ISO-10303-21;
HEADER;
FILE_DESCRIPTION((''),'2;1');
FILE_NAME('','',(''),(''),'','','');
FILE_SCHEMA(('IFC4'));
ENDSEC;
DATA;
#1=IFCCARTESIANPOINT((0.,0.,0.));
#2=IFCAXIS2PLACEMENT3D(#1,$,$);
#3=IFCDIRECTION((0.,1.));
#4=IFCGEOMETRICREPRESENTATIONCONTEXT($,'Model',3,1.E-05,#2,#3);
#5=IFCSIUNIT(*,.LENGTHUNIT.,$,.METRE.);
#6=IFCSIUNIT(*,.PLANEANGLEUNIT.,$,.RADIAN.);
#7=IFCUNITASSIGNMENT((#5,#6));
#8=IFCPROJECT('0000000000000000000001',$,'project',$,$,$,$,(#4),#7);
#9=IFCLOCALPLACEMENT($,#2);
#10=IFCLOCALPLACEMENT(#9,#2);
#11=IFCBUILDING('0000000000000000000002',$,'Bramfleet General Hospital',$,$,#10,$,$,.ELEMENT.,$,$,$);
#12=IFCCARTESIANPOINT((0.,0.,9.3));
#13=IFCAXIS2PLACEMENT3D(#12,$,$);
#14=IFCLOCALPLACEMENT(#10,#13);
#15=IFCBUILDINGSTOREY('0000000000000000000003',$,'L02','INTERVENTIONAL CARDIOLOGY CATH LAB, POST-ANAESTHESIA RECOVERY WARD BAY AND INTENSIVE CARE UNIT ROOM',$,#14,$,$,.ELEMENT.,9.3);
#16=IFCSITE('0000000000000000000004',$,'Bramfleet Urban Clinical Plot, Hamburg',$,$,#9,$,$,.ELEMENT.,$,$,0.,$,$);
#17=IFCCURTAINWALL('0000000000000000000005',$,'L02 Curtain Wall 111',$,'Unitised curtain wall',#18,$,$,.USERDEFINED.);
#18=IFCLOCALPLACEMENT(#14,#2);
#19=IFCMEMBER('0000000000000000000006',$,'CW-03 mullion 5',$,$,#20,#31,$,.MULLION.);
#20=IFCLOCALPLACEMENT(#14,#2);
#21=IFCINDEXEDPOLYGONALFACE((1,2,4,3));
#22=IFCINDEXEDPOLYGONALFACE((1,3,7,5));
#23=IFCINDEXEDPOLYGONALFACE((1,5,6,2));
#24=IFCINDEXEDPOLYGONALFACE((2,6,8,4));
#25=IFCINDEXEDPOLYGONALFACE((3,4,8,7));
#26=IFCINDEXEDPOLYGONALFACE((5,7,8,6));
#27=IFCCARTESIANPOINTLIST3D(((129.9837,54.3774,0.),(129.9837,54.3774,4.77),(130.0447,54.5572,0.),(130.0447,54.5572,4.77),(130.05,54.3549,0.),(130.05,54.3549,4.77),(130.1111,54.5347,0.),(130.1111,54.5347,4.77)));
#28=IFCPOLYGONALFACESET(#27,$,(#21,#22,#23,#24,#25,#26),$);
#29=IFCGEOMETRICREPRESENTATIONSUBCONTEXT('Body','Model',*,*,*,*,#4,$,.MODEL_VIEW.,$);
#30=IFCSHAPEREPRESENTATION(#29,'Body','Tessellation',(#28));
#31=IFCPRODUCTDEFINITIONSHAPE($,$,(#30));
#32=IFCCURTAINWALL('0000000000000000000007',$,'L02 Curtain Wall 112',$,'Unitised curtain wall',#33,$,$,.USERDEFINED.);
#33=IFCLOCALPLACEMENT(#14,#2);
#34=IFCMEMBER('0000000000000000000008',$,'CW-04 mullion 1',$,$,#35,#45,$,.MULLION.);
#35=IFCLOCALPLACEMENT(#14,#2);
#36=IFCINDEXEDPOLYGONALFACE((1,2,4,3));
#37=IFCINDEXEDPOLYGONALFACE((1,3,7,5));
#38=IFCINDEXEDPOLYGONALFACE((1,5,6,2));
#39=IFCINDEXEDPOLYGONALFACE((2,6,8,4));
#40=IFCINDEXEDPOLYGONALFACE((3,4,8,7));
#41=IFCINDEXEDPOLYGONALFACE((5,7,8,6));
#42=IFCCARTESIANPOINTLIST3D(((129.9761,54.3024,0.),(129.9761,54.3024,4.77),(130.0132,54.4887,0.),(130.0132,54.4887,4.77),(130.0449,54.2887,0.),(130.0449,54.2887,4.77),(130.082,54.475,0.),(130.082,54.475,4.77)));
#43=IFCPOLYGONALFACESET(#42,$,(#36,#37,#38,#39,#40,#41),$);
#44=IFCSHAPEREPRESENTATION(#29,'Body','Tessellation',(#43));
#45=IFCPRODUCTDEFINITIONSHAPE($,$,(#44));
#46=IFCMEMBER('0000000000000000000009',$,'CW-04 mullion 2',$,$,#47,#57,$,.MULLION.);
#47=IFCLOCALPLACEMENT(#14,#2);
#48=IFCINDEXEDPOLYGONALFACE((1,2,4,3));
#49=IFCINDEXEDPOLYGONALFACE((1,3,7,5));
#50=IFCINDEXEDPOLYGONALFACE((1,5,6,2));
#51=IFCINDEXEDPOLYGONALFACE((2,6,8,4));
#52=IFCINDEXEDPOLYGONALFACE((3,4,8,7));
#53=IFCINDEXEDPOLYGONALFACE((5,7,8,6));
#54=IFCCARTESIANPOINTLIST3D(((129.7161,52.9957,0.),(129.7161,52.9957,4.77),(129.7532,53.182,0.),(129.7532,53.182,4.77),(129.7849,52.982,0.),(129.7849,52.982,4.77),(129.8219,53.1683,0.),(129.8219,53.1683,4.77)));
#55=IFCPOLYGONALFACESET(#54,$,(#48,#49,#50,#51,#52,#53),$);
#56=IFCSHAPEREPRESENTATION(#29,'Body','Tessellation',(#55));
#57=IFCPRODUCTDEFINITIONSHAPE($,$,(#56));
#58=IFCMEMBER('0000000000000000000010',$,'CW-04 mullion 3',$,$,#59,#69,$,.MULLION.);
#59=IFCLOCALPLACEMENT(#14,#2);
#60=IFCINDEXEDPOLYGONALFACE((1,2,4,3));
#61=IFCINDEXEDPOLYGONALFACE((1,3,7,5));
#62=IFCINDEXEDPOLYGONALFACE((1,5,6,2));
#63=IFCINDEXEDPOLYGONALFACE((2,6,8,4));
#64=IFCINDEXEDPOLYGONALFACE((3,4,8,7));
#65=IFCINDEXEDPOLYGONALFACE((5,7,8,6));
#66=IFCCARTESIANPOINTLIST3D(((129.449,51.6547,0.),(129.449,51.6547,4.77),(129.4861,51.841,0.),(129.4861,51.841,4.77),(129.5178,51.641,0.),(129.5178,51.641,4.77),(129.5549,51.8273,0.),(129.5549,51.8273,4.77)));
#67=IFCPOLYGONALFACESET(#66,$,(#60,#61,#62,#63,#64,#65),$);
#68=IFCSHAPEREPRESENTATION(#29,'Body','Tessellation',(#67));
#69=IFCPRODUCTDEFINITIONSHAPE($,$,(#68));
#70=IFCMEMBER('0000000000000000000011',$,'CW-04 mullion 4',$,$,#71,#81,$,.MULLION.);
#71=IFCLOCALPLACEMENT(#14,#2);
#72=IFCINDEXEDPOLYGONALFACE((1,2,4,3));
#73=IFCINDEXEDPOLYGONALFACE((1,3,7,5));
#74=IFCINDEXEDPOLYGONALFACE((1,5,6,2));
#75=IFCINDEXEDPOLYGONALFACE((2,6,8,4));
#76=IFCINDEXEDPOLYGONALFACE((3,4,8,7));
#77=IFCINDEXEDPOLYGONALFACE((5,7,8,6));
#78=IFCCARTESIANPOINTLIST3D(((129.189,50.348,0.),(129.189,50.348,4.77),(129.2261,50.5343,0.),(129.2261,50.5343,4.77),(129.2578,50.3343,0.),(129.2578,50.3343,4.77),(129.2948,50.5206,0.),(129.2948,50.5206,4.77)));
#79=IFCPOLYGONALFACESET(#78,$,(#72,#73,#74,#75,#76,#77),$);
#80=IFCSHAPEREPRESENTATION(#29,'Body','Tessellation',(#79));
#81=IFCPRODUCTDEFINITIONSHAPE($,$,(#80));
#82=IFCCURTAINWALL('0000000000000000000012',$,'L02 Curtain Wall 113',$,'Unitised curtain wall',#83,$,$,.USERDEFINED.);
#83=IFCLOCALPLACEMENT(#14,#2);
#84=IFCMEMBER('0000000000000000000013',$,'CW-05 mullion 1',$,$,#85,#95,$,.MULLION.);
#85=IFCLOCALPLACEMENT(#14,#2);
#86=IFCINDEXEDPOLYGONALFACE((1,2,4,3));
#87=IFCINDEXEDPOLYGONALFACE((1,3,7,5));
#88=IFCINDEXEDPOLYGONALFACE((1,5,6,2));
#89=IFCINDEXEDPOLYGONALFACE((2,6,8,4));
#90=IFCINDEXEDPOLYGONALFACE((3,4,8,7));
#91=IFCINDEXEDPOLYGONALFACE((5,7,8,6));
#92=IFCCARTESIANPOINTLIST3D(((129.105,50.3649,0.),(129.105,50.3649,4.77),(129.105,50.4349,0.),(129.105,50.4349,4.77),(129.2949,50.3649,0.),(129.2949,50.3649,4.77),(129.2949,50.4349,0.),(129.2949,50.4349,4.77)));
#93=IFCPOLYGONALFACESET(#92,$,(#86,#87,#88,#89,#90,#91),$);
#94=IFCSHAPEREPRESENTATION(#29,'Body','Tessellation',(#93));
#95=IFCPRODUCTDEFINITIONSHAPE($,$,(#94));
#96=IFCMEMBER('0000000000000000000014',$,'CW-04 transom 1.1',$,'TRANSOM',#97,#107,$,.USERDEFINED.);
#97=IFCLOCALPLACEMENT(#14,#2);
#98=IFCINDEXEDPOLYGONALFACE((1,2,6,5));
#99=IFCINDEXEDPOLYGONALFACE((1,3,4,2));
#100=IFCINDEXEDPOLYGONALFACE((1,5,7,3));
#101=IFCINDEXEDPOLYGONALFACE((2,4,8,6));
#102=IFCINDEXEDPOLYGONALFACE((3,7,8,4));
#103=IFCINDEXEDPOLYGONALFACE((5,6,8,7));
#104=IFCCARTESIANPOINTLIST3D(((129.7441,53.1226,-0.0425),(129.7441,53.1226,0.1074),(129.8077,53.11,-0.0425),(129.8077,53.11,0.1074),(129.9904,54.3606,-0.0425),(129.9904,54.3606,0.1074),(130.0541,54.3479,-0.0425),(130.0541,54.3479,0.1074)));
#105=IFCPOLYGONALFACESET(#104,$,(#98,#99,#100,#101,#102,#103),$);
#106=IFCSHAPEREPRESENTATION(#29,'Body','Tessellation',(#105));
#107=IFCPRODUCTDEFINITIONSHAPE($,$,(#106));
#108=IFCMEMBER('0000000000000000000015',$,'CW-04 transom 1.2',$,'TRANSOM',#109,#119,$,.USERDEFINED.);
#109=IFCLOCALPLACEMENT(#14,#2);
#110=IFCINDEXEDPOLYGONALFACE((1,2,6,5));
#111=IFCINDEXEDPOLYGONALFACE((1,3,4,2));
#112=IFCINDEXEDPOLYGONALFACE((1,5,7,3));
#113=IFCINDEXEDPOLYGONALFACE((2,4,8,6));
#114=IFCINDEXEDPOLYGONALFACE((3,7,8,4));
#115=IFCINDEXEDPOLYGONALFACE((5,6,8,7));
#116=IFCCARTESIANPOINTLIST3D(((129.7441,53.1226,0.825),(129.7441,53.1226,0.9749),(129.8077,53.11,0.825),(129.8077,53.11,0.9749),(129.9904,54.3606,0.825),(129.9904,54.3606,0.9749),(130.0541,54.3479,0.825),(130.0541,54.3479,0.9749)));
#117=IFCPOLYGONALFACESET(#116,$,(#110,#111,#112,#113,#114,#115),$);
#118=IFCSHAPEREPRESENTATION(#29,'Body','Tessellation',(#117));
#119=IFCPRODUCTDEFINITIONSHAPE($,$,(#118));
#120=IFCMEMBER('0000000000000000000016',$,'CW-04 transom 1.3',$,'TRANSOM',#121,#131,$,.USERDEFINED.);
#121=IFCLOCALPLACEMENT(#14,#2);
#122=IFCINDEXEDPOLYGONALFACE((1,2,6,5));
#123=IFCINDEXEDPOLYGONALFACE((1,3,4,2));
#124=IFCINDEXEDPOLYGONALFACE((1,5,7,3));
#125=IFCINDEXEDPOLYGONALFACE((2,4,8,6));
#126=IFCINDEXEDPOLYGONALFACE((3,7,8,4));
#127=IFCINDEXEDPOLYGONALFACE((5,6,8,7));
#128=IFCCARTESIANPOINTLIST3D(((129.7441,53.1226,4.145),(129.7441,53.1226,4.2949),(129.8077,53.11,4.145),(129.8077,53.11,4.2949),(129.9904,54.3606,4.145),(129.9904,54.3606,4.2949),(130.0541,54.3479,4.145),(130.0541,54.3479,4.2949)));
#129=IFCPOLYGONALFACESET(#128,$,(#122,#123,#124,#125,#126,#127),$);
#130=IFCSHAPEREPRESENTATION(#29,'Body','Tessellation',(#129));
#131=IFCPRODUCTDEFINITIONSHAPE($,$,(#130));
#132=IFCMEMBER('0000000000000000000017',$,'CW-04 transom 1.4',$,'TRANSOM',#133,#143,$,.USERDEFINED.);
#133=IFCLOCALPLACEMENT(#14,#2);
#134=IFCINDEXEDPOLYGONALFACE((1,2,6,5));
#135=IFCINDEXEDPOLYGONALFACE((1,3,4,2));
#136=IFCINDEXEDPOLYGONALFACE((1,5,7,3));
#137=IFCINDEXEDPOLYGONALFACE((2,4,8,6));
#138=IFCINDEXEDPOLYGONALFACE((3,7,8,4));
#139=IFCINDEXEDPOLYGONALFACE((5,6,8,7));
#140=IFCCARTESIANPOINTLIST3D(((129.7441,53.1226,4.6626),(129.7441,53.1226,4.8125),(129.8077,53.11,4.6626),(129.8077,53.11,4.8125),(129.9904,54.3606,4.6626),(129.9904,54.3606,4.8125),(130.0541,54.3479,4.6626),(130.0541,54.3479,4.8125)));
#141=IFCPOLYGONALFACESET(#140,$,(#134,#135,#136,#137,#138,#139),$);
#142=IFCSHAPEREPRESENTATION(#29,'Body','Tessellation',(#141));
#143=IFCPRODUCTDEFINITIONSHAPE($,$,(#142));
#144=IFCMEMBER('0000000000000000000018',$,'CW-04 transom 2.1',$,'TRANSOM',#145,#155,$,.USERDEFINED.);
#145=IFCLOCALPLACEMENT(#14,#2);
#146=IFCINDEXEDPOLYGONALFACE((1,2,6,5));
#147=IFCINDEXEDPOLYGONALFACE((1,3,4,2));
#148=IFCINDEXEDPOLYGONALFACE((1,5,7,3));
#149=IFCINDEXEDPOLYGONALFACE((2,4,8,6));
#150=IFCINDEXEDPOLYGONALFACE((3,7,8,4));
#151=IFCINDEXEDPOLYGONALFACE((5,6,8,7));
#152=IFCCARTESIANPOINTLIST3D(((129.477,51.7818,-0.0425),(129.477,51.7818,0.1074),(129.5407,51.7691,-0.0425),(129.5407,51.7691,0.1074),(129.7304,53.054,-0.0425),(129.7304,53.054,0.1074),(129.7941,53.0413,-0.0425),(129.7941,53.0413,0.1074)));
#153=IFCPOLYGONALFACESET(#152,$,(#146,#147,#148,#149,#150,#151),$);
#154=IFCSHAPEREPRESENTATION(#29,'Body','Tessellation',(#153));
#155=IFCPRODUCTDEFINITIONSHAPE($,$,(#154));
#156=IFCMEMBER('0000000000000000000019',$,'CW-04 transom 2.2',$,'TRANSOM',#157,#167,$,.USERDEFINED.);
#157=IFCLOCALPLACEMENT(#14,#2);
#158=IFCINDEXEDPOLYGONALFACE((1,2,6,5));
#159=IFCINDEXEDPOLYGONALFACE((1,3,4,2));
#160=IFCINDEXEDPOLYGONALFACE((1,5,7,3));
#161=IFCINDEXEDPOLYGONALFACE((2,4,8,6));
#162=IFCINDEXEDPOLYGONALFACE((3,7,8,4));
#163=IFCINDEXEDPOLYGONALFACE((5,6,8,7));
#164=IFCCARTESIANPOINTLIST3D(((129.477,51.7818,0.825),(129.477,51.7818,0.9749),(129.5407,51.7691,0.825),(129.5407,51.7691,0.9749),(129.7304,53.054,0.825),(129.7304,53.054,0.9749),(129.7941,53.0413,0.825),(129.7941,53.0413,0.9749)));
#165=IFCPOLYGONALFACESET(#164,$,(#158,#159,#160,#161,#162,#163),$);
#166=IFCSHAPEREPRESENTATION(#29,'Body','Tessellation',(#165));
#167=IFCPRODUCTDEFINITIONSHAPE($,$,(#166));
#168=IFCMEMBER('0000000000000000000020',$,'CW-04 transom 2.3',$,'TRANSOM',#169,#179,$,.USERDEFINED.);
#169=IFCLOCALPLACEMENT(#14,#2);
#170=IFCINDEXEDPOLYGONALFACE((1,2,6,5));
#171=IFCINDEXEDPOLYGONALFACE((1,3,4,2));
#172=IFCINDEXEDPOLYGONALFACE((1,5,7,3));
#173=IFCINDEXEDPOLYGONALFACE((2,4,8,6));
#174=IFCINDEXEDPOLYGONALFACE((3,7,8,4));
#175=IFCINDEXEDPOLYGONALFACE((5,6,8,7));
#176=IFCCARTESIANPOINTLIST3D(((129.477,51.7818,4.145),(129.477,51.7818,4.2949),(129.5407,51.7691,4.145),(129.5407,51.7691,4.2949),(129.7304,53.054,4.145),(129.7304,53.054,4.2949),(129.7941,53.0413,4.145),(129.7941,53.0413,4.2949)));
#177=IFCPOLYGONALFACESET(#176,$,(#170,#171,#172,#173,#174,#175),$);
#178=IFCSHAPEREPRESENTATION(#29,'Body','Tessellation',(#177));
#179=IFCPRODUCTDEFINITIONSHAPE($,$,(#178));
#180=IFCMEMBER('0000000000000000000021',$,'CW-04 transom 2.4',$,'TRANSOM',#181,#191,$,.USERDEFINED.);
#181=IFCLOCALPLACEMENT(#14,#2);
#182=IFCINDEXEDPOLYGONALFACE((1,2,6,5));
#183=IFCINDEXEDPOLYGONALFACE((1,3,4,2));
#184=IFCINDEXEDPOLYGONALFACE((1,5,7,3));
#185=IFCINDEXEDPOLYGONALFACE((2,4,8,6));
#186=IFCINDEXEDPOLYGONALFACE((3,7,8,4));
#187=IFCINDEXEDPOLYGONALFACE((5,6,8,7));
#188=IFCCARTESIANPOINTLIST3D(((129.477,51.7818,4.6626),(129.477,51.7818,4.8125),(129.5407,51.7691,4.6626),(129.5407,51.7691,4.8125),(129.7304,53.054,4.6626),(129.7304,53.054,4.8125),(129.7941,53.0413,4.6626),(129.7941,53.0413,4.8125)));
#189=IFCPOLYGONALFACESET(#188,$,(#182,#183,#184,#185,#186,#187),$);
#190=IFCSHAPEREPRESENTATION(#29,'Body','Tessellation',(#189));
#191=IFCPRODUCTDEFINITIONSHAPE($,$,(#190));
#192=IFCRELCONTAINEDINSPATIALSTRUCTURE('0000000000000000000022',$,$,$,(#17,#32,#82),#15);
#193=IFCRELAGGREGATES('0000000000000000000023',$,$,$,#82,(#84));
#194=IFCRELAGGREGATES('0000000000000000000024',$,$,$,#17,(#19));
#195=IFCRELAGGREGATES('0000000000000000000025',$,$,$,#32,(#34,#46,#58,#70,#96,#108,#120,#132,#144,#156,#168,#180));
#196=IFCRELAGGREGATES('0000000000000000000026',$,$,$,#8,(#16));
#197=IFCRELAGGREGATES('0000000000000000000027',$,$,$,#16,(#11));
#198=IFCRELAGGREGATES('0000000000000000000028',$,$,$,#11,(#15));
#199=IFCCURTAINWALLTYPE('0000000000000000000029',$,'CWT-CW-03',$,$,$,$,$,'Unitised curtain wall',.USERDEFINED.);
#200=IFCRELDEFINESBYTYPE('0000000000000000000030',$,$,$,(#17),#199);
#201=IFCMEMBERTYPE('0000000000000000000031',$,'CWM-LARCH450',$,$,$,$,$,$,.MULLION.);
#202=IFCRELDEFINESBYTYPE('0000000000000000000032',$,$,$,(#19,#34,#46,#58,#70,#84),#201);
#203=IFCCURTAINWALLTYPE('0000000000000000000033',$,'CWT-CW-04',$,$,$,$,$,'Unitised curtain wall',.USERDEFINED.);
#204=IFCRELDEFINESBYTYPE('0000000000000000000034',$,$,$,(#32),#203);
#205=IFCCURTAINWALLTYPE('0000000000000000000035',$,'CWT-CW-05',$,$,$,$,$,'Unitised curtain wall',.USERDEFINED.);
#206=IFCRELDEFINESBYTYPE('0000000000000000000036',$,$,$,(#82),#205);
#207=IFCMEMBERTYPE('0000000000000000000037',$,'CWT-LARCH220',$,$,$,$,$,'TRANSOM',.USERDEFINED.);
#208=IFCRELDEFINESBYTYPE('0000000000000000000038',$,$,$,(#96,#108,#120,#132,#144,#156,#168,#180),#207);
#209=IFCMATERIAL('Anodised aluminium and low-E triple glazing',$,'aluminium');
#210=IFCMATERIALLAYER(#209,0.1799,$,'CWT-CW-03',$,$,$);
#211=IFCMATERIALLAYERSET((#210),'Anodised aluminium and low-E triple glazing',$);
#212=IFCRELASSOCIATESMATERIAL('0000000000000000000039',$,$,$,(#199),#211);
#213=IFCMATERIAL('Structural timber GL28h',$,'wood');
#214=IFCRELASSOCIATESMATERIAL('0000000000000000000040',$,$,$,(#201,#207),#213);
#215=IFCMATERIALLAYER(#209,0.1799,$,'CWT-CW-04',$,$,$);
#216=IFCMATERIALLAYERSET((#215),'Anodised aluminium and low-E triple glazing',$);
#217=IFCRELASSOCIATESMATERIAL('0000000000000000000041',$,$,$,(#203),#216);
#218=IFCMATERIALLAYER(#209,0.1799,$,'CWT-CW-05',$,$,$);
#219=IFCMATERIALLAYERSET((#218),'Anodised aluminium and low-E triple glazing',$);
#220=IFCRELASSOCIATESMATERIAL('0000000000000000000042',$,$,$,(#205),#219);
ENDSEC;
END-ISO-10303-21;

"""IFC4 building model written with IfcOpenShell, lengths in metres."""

from ifc_helpers import new_model, si_unit, direction, frame, origin, origin_2d, place, context, subcontext, project, spatial, rectangle, extrude, material, layer, layer_set, material_profile, profile_set, type_object, element, aggregate, save


model = new_model("IFC4")

# Units and contexts
model_context = context("Model", 3, precision=1e-05, world=origin(), true_north=direction((0.0, 1.0)))
body_context = subcontext(model_context, "Body", "Model", "MODEL_VIEW")
ifc_project = project(units=[si_unit("LENGTHUNIT", "METRE"), si_unit("PLANEANGLEUNIT", "RADIAN")], contexts=[model_context])

# Site, building, storey
site_placement = place(None, origin())
site = spatial("IfcSite", under=ifc_project, at=site_placement, Name="Bramfleet Urban Clinical Plot, Hamburg", CompositionType="ELEMENT", RefElevation=0.0)
building_placement = place(site_placement, origin())
building = spatial("IfcBuilding", under=site, at=building_placement, Name="Bramfleet General Hospital", CompositionType="ELEMENT")
storey_placement = place(building_placement, frame((0.0, 0.0, 9.3)))
storey = spatial("IfcBuildingStorey", under=building, at=storey_placement, Name="L02", Description="INTERVENTIONAL CARDIOLOGY CATH LAB, POST-ANAESTHESIA RECOVERY WARD BAY AND INTENSIVE CARE UNIT ROOM", CompositionType="ELEMENT", Elevation=9.3)

# Curtain wall, member
ifc_material_1 = material(Name="Anodised aluminium and low-E triple glazing", Category="aluminium")
ifc_layer_1 = layer(ifc_material_1, 0.1799, Name="CWT-CW-03")
ifc_layer_set_1 = layer_set([ifc_layer_1], Name="Anodised aluminium and low-E triple glazing")
curtain_wall_type_1 = type_object("IfcCurtainWallType", Name="CWT-CW-03", ElementType="Unitised curtain wall", PredefinedType="USERDEFINED", material=ifc_layer_set_1)
curtain_wall_1_placement = place(storey_placement, origin())
curtain_wall_1 = element("IfcCurtainWall", 1, at=curtain_wall_1_placement, inside=storey, type_object=curtain_wall_type_1, Name="L02 Curtain Wall 111", ObjectType="Unitised curtain wall", PredefinedType="USERDEFINED")
ifc_material_2 = material(Name="Structural timber GL28h", Category="wood")
ifc_material_profile_1 = material_profile(ifc_material_2, rectangle(XDim=0.0701, YDim=0.1899, at=origin_2d()), Name="LARCH 190x70")
ifc_profile_set_1 = profile_set([ifc_material_profile_1], Name="Structural timber GL28h")
member_type_1 = type_object("IfcMemberType", Name="CWM-LARCH450", PredefinedType="MULLION", material=ifc_profile_set_1)
member_1_placement = place(storey_placement, frame((130.0474, 54.4561, 0.0), z_axis=(0.0, 0.0, 1.0), x_axis=(0.946949, -0.321383, 0.0)))
member_1 = element("IfcMember", 2, at=member_1_placement, type_object=member_type_1, Name="CW-03 mullion 5", PredefinedType="MULLION", context=body_context, shape_type="SweptSolid", body=[
    extrude(rectangle(XDim=0.0701, YDim=0.1899, at=origin_2d()), origin(), (0.0, 0.0, 1.0), 4.77),
])

# Curtain wall, members
ifc_layer_2 = layer(ifc_material_1, 0.1799, Name="CWT-CW-04")
ifc_layer_set_2 = layer_set([ifc_layer_2], Name="Anodised aluminium and low-E triple glazing")
curtain_wall_type_2 = type_object("IfcCurtainWallType", Name="CWT-CW-04", ElementType="Unitised curtain wall", PredefinedType="USERDEFINED", material=ifc_layer_set_2)
curtain_wall_2_placement = place(storey_placement, origin())
curtain_wall_2 = element("IfcCurtainWall", 3, at=curtain_wall_2_placement, inside=storey, type_object=curtain_wall_type_2, Name="L02 Curtain Wall 112", ObjectType="Unitised curtain wall", PredefinedType="USERDEFINED")
member_2_placement = place(storey_placement, frame((130.0291, 54.3887, 0.0), z_axis=(0.0, 0.0, 1.0), x_axis=(0.980749, -0.195272, 0.0)))
member_2 = element("IfcMember", 4, at=member_2_placement, type_object=member_type_1, Name="CW-04 mullion 1", PredefinedType="MULLION", context=body_context, shape_type="SweptSolid", body=[
    extrude(rectangle(XDim=0.0701, YDim=0.1899, at=origin_2d()), origin(), (0.0, 0.0, 1.0), 4.77),
])
member_3_placement = place(storey_placement, frame((129.769, 53.082, 0.0), z_axis=(0.0, 0.0, 1.0), x_axis=(0.980749, -0.195272, 0.0)))
member_3 = element("IfcMember", 5, at=member_3_placement, type_object=member_type_1, Name="CW-04 mullion 2", PredefinedType="MULLION", context=body_context, shape_type="SweptSolid", body=[
    extrude(rectangle(XDim=0.0701, YDim=0.1899, at=origin_2d()), origin(), (0.0, 0.0, 1.0), 4.77),
])
member_4_placement = place(storey_placement, frame((129.502, 51.741, 0.0), z_axis=(0.0, 0.0, 1.0), x_axis=(0.980749, -0.195272, 0.0)))
member_4 = element("IfcMember", 6, at=member_4_placement, type_object=member_type_1, Name="CW-04 mullion 3", PredefinedType="MULLION", context=body_context, shape_type="SweptSolid", body=[
    extrude(rectangle(XDim=0.0701, YDim=0.1899, at=origin_2d()), origin(), (0.0, 0.0, 1.0), 4.77),
])
member_5_placement = place(storey_placement, frame((129.2419, 50.4343, 0.0), z_axis=(0.0, 0.0, 1.0), x_axis=(0.980749, -0.195272, 0.0)))
member_5 = element("IfcMember", 7, at=member_5_placement, type_object=member_type_1, Name="CW-04 mullion 4", PredefinedType="MULLION", context=body_context, shape_type="SweptSolid", body=[
    extrude(rectangle(XDim=0.0701, YDim=0.1899, at=origin_2d()), origin(), (0.0, 0.0, 1.0), 4.77),
])

# Curtain wall, member
ifc_layer_3 = layer(ifc_material_1, 0.1799, Name="CWT-CW-05")
ifc_layer_set_3 = layer_set([ifc_layer_3], Name="Anodised aluminium and low-E triple glazing")
curtain_wall_type_3 = type_object("IfcCurtainWallType", Name="CWT-CW-05", ElementType="Unitised curtain wall", PredefinedType="USERDEFINED", material=ifc_layer_set_3)
curtain_wall_3_placement = place(storey_placement, origin())
curtain_wall_3 = element("IfcCurtainWall", 8, at=curtain_wall_3_placement, inside=storey, type_object=curtain_wall_type_3, Name="L02 Curtain Wall 113", ObjectType="Unitised curtain wall", PredefinedType="USERDEFINED")
member_6_placement = place(storey_placement, frame((129.2, 50.3999, 0.0), z_axis=(0.0, 0.0, 1.0), x_axis=(0.0, -1.0, 0.0)))
member_6 = element("IfcMember", 9, at=member_6_placement, type_object=member_type_1, Name="CW-05 mullion 1", PredefinedType="MULLION", context=body_context, shape_type="SweptSolid", body=[
    extrude(rectangle(XDim=0.0701, YDim=0.1899, at=origin_2d()), origin(), (0.0, 0.0, 1.0), 4.77),
])

# Members
ifc_material_profile_2 = material_profile(ifc_material_2, rectangle(XDim=0.0649, YDim=0.1499, at=origin_2d()), Name="LARCH 150x65")
ifc_profile_set_2 = profile_set([ifc_material_profile_2], Name="Structural timber GL28h")
member_type_2 = type_object("IfcMemberType", Name="CWT-LARCH220", ElementType="TRANSOM", PredefinedType="USERDEFINED", material=ifc_profile_set_2)
member_7_placement = place(storey_placement, frame((130.0222, 54.3542, 0.0325), z_axis=(-0.195149, -0.980774, 0.0), x_axis=(0.980774, -0.195149, 0.0)))
member_7 = element("IfcMember", 10, at=member_7_placement, type_object=member_type_2, Name="CW-04 transom 1.1", ObjectType="TRANSOM", PredefinedType="USERDEFINED", context=body_context, shape_type="SweptSolid", body=[
    extrude(rectangle(XDim=0.0649, YDim=0.1499, at=origin_2d()), origin(), (0.0, 0.0, 1.0), 1.2622),
])
member_8_placement = place(storey_placement, frame((130.0222, 54.3542, 0.8999), z_axis=(-0.195149, -0.980774, 0.0), x_axis=(0.980774, -0.195149, 0.0)))
member_8 = element("IfcMember", 11, at=member_8_placement, type_object=member_type_2, Name="CW-04 transom 1.2", ObjectType="TRANSOM", PredefinedType="USERDEFINED", context=body_context, shape_type="SweptSolid", body=[
    extrude(rectangle(XDim=0.0649, YDim=0.1499, at=origin_2d()), origin(), (0.0, 0.0, 1.0), 1.2622),
])
member_9_placement = place(storey_placement, frame((130.0222, 54.3542, 4.22), z_axis=(-0.195149, -0.980774, 0.0), x_axis=(0.980774, -0.195149, 0.0)))
member_9 = element("IfcMember", 12, at=member_9_placement, type_object=member_type_2, Name="CW-04 transom 1.3", ObjectType="TRANSOM", PredefinedType="USERDEFINED", context=body_context, shape_type="SweptSolid", body=[
    extrude(rectangle(XDim=0.0649, YDim=0.1499, at=origin_2d()), origin(), (0.0, 0.0, 1.0), 1.2622),
])
member_10_placement = place(storey_placement, frame((130.0222, 54.3542, 4.7375), z_axis=(-0.195149, -0.980774, 0.0), x_axis=(0.980774, -0.195149, 0.0)))
member_10 = element("IfcMember", 13, at=member_10_placement, type_object=member_type_2, Name="CW-04 transom 1.4", ObjectType="TRANSOM", PredefinedType="USERDEFINED", context=body_context, shape_type="SweptSolid", body=[
    extrude(rectangle(XDim=0.0649, YDim=0.1499, at=origin_2d()), origin(), (0.0, 0.0, 1.0), 1.2622),
])
member_11_placement = place(storey_placement, frame((129.7622, 53.0476, 0.0325), z_axis=(-0.195356, -0.980732, 0.0), x_axis=(0.980732, -0.195356, 0.0)))
member_11 = element("IfcMember", 14, at=member_11_placement, type_object=member_type_2, Name="CW-04 transom 2.1", ObjectType="TRANSOM", PredefinedType="USERDEFINED", context=body_context, shape_type="SweptSolid", body=[
    extrude(rectangle(XDim=0.0649, YDim=0.1499, at=origin_2d()), origin(), (0.0, 0.0, 1.0), 1.2971),
])
member_12_placement = place(storey_placement, frame((129.7622, 53.0476, 0.8999), z_axis=(-0.195356, -0.980732, 0.0), x_axis=(0.980732, -0.195356, 0.0)))
member_12 = element("IfcMember", 15, at=member_12_placement, type_object=member_type_2, Name="CW-04 transom 2.2", ObjectType="TRANSOM", PredefinedType="USERDEFINED", context=body_context, shape_type="SweptSolid", body=[
    extrude(rectangle(XDim=0.0649, YDim=0.1499, at=origin_2d()), origin(), (0.0, 0.0, 1.0), 1.2971),
])
member_13_placement = place(storey_placement, frame((129.7622, 53.0476, 4.22), z_axis=(-0.195356, -0.980732, 0.0), x_axis=(0.980732, -0.195356, 0.0)))
member_13 = element("IfcMember", 16, at=member_13_placement, type_object=member_type_2, Name="CW-04 transom 2.3", ObjectType="TRANSOM", PredefinedType="USERDEFINED", context=body_context, shape_type="SweptSolid", body=[
    extrude(rectangle(XDim=0.0649, YDim=0.1499, at=origin_2d()), origin(), (0.0, 0.0, 1.0), 1.2971),
])
member_14_placement = place(storey_placement, frame((129.7622, 53.0476, 4.7375), z_axis=(-0.195356, -0.980732, 0.0), x_axis=(0.980732, -0.195356, 0.0)))
member_14 = element("IfcMember", 17, at=member_14_placement, type_object=member_type_2, Name="CW-04 transom 2.4", ObjectType="TRANSOM", PredefinedType="USERDEFINED", context=body_context, shape_type="SweptSolid", body=[
    extrude(rectangle(XDim=0.0649, YDim=0.1499, at=origin_2d()), origin(), (0.0, 0.0, 1.0), 1.2971),
])
aggregate(curtain_wall_3, [member_6])

aggregate(curtain_wall_1, [member_1])
aggregate(curtain_wall_2, [member_2, member_3, member_4, member_5, member_7, member_8, member_9, member_10, member_11, member_12, member_13, member_14])

save(model, "model.ifc")
